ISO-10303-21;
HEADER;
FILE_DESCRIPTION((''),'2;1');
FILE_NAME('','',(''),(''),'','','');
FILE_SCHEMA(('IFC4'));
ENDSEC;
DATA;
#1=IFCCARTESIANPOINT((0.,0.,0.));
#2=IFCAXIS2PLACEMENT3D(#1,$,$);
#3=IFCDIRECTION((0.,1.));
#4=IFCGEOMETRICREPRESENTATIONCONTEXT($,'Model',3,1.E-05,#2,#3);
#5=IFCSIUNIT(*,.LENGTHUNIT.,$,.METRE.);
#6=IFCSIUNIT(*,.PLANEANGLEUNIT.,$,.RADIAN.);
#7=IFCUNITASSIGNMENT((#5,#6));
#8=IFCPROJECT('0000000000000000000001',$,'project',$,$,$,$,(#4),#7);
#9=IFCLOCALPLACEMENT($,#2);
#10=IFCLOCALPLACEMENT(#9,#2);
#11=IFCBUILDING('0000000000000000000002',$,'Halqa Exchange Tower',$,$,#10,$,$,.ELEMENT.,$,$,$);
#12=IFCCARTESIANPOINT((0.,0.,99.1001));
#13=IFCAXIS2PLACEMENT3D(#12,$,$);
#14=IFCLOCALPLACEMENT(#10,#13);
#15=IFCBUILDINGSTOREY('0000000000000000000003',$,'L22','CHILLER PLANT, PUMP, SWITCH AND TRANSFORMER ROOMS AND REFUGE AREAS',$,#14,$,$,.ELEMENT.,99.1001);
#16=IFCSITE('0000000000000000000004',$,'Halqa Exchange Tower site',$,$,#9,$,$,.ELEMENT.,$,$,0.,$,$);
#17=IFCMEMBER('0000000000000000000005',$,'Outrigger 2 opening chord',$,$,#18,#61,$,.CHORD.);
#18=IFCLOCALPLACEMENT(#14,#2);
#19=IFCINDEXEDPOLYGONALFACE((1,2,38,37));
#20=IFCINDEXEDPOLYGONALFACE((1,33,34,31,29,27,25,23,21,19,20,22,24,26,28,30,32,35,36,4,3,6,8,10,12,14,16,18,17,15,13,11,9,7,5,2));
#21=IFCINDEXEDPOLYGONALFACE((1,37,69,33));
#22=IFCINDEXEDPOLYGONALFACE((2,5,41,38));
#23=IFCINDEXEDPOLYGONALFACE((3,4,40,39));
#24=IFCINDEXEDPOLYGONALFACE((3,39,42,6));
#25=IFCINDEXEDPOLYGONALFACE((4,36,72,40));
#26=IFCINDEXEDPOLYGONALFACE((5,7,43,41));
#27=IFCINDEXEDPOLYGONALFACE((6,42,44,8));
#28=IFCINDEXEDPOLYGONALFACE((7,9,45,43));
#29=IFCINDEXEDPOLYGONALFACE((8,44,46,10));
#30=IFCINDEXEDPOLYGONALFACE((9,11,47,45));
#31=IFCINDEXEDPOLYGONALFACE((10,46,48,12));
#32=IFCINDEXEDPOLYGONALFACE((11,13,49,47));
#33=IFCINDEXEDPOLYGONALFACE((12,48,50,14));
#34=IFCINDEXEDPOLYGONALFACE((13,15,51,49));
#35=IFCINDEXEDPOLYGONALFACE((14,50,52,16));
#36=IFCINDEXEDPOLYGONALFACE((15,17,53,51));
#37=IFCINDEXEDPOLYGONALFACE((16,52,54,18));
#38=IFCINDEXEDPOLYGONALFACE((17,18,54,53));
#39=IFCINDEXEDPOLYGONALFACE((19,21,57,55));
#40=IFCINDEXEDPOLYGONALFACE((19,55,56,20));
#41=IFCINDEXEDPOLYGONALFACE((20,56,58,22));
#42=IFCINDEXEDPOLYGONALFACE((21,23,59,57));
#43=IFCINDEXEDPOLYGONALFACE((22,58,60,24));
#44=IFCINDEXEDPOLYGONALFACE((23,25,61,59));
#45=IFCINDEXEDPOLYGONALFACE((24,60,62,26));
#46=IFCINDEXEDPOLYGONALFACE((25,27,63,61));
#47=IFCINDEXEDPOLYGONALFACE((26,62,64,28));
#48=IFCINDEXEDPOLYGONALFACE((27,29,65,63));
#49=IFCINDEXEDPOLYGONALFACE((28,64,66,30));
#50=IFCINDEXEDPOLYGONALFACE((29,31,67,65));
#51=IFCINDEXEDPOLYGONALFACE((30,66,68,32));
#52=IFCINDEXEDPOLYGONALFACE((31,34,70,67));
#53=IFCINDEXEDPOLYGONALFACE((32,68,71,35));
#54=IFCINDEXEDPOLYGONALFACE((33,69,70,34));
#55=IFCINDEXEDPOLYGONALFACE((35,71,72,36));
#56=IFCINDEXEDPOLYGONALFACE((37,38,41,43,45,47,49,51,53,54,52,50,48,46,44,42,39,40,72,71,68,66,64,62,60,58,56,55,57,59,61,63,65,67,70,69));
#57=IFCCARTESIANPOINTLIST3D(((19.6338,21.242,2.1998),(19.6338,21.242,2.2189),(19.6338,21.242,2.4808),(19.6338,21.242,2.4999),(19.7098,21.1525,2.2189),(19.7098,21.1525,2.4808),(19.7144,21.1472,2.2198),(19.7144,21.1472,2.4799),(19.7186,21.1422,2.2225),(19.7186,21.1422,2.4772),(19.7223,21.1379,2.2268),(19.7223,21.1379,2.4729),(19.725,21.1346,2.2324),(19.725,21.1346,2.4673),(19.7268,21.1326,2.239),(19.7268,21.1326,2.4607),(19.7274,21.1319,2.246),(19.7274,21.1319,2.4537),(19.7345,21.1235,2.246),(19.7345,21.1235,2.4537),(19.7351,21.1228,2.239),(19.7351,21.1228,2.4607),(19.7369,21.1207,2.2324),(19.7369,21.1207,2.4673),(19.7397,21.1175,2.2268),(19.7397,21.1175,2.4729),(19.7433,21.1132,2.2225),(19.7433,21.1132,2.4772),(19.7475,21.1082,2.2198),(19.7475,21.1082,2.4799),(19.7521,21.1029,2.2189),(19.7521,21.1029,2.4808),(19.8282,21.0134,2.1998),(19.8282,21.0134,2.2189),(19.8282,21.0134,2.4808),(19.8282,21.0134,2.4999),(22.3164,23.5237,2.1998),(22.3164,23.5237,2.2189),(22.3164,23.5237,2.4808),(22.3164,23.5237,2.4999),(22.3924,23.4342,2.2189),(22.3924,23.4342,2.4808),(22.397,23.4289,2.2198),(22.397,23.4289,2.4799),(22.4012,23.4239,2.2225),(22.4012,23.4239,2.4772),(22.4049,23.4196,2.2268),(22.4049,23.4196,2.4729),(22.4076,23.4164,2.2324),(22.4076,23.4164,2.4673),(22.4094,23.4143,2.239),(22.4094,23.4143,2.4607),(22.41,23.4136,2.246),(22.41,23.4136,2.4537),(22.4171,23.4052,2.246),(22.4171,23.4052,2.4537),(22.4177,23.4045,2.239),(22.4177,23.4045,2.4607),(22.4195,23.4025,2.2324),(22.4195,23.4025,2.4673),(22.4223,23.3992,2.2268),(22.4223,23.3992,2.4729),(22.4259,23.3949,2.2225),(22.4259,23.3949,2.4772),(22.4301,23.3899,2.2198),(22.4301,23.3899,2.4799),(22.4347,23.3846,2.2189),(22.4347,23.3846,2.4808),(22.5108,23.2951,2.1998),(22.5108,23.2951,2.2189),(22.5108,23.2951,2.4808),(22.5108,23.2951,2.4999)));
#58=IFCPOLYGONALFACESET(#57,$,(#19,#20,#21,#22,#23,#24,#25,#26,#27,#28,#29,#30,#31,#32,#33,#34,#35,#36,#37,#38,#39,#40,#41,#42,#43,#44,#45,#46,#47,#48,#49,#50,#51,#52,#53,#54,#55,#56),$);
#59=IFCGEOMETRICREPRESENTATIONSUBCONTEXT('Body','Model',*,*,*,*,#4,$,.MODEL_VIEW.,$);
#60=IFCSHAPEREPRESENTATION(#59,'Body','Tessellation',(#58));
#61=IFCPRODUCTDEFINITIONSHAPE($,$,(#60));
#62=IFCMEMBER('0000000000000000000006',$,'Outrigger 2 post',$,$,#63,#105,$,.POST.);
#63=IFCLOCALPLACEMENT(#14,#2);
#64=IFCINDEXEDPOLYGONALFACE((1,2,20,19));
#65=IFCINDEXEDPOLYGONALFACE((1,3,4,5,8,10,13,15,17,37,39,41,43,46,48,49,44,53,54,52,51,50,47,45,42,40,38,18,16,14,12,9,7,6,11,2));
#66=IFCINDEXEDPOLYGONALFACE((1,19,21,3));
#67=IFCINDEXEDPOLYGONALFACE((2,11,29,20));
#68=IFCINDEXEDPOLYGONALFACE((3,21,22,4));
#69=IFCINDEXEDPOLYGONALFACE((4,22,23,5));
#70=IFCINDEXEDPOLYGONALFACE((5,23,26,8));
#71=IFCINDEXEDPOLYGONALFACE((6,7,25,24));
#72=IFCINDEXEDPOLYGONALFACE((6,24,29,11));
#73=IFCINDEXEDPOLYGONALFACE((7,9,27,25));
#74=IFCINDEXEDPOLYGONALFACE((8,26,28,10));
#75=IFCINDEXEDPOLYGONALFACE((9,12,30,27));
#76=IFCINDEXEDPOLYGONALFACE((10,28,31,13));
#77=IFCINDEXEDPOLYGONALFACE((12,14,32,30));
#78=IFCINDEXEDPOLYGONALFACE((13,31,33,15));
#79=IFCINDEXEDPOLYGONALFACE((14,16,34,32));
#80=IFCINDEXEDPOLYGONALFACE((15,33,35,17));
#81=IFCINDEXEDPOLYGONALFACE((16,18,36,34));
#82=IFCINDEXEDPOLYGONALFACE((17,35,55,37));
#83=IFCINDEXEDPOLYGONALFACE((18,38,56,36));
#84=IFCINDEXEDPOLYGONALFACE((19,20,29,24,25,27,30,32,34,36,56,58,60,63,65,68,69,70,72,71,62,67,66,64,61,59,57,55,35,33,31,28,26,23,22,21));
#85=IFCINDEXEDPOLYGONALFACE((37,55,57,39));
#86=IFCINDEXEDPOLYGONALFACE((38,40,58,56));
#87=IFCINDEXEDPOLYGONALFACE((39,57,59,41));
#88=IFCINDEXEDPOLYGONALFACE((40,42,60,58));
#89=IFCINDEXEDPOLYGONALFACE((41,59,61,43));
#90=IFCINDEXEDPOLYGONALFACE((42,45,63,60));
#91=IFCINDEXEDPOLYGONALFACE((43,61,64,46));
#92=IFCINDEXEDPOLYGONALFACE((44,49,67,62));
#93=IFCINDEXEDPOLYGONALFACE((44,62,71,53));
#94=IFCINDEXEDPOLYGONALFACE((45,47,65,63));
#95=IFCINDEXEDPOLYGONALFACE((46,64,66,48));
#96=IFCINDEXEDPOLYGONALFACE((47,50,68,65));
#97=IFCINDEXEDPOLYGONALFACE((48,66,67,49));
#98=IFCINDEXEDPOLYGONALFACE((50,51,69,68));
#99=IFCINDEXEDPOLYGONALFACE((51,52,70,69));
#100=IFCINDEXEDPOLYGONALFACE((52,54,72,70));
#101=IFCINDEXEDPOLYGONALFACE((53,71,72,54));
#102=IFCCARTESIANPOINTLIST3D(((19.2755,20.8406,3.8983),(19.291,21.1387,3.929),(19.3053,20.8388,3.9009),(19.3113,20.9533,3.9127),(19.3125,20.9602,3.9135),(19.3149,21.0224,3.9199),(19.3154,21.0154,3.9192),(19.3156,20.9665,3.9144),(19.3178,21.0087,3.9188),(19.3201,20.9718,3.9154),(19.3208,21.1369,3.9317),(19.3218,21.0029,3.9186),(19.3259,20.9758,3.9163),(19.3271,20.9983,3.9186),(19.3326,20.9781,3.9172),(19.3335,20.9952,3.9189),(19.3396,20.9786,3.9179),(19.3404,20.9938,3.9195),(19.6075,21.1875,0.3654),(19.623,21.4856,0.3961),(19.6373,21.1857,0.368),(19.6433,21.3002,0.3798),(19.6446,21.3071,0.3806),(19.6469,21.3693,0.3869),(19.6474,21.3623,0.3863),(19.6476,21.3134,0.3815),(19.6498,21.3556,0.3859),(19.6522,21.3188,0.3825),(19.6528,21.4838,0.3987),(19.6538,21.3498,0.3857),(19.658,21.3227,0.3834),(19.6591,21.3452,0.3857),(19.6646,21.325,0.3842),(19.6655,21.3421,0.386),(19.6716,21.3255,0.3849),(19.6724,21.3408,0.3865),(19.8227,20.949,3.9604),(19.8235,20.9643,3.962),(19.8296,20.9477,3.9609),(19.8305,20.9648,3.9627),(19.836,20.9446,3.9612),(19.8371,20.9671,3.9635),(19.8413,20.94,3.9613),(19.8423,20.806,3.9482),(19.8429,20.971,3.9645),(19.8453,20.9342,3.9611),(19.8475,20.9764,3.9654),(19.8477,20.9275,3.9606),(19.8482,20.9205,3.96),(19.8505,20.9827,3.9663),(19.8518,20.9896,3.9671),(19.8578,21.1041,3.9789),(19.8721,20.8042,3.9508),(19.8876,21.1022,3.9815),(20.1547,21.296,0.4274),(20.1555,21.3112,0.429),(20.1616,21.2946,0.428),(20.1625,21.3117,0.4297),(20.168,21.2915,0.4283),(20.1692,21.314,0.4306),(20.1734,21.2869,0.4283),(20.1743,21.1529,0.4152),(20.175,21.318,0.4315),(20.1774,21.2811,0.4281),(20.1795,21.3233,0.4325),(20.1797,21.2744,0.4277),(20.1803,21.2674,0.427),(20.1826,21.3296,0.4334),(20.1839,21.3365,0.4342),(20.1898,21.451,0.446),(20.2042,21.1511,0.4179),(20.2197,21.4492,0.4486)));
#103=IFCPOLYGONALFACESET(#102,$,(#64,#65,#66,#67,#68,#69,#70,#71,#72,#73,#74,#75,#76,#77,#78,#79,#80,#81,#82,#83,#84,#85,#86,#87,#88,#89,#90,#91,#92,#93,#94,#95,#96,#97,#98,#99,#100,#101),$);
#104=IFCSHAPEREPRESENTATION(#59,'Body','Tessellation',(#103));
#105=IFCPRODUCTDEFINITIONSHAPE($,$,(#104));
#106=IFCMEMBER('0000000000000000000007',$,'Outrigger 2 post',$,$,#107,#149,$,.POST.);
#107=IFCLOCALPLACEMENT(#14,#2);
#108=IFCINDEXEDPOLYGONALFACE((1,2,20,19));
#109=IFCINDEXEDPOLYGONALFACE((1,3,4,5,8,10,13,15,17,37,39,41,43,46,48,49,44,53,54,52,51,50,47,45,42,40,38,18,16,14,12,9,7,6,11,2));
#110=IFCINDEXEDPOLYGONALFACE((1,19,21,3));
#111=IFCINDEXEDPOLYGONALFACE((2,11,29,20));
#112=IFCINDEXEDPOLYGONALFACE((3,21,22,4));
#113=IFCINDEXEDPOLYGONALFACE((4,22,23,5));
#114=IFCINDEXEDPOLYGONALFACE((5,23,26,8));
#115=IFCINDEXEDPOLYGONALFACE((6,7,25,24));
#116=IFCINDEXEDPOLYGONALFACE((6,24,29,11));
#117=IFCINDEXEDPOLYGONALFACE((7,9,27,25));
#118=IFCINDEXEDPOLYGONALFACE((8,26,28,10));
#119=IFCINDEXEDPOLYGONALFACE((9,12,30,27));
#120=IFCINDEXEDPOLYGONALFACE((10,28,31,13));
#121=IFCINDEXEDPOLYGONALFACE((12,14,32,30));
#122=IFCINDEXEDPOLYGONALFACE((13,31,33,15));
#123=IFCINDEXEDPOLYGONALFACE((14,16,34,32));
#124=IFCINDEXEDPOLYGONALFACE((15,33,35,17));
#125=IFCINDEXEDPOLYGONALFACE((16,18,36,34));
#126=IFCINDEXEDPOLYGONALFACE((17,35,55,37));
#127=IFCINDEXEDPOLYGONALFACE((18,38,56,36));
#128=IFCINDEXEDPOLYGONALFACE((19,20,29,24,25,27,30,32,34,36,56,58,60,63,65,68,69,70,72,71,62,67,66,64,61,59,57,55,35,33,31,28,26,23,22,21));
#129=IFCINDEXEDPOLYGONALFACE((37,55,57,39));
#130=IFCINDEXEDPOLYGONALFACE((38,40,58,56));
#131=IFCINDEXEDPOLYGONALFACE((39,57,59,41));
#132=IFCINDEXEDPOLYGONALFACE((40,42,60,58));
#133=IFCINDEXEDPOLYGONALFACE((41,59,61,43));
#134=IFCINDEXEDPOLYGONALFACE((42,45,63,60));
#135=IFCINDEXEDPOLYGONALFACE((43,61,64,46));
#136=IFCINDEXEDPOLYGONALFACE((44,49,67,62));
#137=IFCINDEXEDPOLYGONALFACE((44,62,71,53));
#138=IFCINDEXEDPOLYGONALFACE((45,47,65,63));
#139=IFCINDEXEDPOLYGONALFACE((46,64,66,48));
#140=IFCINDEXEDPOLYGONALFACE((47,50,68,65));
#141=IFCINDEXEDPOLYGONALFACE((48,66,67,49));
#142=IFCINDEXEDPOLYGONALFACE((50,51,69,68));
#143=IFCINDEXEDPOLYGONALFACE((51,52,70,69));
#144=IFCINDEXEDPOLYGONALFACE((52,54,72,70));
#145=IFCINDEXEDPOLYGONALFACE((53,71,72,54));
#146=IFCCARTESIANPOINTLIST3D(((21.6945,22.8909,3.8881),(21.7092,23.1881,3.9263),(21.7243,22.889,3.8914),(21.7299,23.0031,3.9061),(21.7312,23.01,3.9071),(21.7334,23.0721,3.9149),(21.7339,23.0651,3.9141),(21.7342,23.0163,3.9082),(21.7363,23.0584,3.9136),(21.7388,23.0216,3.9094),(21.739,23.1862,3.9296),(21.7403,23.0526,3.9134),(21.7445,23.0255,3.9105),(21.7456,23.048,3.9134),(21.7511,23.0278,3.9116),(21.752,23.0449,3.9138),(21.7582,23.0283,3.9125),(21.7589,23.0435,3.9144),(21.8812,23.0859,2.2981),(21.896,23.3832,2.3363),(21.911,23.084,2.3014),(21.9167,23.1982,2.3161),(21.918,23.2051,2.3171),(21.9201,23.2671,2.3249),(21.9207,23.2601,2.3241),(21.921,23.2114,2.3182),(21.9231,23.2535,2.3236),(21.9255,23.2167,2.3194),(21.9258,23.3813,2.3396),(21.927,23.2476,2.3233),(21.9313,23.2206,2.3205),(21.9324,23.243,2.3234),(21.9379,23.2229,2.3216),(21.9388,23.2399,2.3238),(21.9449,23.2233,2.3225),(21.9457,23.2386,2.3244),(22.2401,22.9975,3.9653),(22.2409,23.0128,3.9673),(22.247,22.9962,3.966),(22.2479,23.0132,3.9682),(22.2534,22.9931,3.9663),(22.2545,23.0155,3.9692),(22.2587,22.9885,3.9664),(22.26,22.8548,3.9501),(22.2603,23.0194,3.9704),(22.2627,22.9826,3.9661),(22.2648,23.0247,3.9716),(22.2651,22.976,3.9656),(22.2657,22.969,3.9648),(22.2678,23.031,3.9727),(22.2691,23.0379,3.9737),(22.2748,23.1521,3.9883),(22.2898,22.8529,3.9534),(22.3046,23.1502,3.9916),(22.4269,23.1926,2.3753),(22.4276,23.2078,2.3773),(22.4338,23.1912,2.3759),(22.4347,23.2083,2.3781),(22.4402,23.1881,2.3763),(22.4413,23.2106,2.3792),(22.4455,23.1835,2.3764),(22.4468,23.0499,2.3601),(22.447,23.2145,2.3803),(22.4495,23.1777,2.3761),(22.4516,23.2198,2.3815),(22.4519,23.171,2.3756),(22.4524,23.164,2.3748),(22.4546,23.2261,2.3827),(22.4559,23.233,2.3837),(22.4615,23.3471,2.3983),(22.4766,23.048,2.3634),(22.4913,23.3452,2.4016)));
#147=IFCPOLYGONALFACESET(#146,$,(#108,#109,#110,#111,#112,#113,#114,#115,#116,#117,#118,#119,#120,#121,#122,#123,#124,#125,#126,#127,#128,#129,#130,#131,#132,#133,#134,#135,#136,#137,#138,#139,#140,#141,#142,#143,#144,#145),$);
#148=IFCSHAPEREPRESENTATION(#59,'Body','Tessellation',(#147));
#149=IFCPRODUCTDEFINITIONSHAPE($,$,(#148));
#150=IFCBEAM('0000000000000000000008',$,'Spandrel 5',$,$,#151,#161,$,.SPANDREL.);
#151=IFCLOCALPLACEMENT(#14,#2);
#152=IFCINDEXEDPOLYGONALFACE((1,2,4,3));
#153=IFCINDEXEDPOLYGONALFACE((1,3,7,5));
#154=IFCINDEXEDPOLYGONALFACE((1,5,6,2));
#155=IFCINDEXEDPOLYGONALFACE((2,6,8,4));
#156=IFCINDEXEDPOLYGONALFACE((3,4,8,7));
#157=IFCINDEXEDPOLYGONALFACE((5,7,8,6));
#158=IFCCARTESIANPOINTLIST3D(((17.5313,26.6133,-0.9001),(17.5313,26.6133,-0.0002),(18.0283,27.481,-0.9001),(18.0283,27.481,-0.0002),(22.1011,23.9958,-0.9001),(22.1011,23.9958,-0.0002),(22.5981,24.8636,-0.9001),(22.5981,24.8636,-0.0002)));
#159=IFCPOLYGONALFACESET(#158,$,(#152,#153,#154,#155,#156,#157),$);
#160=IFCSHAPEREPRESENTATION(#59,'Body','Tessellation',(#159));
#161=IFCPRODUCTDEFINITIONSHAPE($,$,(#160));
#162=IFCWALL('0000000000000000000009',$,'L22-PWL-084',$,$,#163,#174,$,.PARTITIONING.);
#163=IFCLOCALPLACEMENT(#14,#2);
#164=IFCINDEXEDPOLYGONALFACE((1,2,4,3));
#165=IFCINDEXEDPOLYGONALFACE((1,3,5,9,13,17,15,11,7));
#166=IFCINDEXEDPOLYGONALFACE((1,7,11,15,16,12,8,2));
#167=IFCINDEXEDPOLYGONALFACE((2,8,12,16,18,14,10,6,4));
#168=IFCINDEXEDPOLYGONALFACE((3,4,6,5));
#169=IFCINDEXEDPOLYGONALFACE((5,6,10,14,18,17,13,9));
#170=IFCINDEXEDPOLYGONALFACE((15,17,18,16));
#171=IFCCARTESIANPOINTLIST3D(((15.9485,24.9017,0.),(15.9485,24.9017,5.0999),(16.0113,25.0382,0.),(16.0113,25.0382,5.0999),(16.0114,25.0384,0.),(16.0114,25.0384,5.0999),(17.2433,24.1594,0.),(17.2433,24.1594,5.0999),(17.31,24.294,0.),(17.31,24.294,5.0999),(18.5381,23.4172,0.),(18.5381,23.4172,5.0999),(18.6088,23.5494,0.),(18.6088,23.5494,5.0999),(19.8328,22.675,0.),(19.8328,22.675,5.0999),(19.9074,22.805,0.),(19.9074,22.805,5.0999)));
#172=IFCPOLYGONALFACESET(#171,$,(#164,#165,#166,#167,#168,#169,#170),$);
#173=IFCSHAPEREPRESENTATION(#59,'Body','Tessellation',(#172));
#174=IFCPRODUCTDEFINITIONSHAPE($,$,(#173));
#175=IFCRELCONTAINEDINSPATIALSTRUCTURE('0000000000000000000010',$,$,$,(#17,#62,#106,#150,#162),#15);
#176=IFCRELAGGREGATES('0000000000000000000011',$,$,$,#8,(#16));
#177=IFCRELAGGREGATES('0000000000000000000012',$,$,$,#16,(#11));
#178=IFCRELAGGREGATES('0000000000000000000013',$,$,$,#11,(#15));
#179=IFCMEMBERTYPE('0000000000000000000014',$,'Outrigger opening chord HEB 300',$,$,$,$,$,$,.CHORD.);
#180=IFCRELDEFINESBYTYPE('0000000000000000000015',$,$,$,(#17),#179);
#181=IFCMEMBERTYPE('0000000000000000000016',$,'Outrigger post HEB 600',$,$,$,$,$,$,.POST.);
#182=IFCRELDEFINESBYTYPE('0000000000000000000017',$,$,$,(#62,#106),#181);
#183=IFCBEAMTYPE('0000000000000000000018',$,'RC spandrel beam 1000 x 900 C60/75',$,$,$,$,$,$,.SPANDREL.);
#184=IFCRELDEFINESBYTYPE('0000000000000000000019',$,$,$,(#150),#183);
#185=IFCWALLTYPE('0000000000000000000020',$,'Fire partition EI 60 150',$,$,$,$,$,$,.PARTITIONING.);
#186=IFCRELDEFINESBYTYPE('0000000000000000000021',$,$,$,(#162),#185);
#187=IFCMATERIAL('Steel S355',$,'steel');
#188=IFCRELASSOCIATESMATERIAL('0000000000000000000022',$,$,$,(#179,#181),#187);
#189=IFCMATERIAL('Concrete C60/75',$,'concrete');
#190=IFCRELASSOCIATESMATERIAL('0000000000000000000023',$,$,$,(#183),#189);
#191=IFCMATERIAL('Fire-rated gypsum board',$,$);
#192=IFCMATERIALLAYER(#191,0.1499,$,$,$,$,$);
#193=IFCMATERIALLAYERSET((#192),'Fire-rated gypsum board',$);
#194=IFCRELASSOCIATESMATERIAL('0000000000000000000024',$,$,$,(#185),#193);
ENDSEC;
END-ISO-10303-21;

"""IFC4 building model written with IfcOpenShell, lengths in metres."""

from ifc_helpers import new_model, si_unit, direction, frame, origin, origin_2d, place, context, subcontext, project, spatial, polyline, rectangle, i_section, outline, extrude, material, layer, layer_set, material_profile, profile_set, type_object, element, save


model = new_model("IFC4")

# Units and contexts
model_context = context("Model", 3, precision=1e-05, world=origin(), true_north=direction((0.0, 1.0)))
body_context = subcontext(model_context, "Body", "Model", "MODEL_VIEW")
ifc_project = project(units=[si_unit("LENGTHUNIT", "METRE"), si_unit("PLANEANGLEUNIT", "RADIAN")], contexts=[model_context])

# Site, building, storey
site_placement = place(None, origin())
site = spatial("IfcSite", under=ifc_project, at=site_placement, Name="Halqa Exchange Tower site", CompositionType="ELEMENT", RefElevation=0.0)
building_placement = place(site_placement, origin())
building = spatial("IfcBuilding", under=site, at=building_placement, Name="Halqa Exchange Tower", CompositionType="ELEMENT")
storey_placement = place(building_placement, frame((0.0, 0.0, 99.1001)))
storey = spatial("IfcBuildingStorey", under=building, at=storey_placement, Name="L22", Description="CHILLER PLANT, PUMP, SWITCH AND TRANSFORMER ROOMS AND REFUGE AREAS", CompositionType="ELEMENT", Elevation=99.1001)

# Members
ifc_material_1 = material(Name="Steel S355", Category="steel")
ifc_material_profile_1 = material_profile(ifc_material_1, i_section(OverallWidth=0.3, OverallDepth=0.3, WebThickness=0.011, FlangeThickness=0.019, FilletRadius=0.0271, at=origin_2d()), Name="HEB 300")
ifc_profile_set_1 = profile_set([ifc_material_profile_1], Name="Steel S355")
member_type_1 = type_object("IfcMemberType", Name="Outrigger opening chord HEB 300", PredefinedType="CHORD", material=ifc_profile_set_1)
member_1_placement = place(storey_placement, frame((19.731, 21.1277, 2.3499), z_axis=(0.761727, 0.647898, 0.0), x_axis=(-0.647898, 0.761727, 0.0)))
element("IfcMember", 1, at=member_1_placement, inside=storey, type_object=member_type_1, Name="Outrigger 2 opening chord", PredefinedType="CHORD", context=body_context, shape_type="SweptSolid", body=[
    extrude(i_section(OverallWidth=0.3, OverallDepth=0.3, WebThickness=0.011, FlangeThickness=0.019, FilletRadius=0.0271, at=origin_2d()), origin(), (0.0, 0.0, 1.0), 3.5217),
])
ifc_material_profile_2 = material_profile(ifc_material_1, i_section(OverallWidth=0.3, OverallDepth=0.6001, WebThickness=0.0154, FlangeThickness=0.03, FilletRadius=0.0271, at=origin_2d()), Name="HEB 600")
ifc_profile_set_2 = profile_set([ifc_material_profile_2], Name="Steel S355")
member_type_2 = type_object("IfcMemberType", Name="Outrigger post HEB 600", PredefinedType="POST", material=ifc_profile_set_2)
member_2_placement = place(storey_placement, frame((19.9136, 21.3184, 0.407), z_axis=(-0.093125, -0.097302, 0.990889), x_axis=(0.051667, 0.9934, 0.102404)))
element("IfcMember", 2, at=member_2_placement, inside=storey, type_object=member_type_2, Name="Outrigger 2 post", PredefinedType="POST", context=body_context, shape_type="SweptSolid", body=[
    extrude(i_section(OverallWidth=0.3, OverallDepth=0.6001, WebThickness=0.0154, FlangeThickness=0.03, FilletRadius=0.0271, at=origin_2d()), origin(), (0.0, 0.0, 1.0), 3.5654),
])
member_3_placement = place(storey_placement, frame((22.1863, 23.2156, 2.3499), z_axis=(-0.115799, -0.120946, 0.985882), x_axis=(0.049228, 0.99064, 0.127312)))
element("IfcMember", 3, at=member_3_placement, inside=storey, type_object=member_type_2, Name="Outrigger 2 post", PredefinedType="POST", context=body_context, shape_type="SweptSolid", body=[
    extrude(i_section(OverallWidth=0.3, OverallDepth=0.6001, WebThickness=0.0154, FlangeThickness=0.03, FilletRadius=0.0271, at=origin_2d()), origin(), (0.0, 0.0, 1.0), 1.6128),
])

# Beam
ifc_material_2 = material(Name="Concrete C60/75", Category="concrete")
ifc_material_profile_3 = material_profile(ifc_material_2, rectangle(XDim=1.0, YDim=0.8999, at=origin_2d()), Name="1000 x 900")
ifc_profile_set_3 = profile_set([ifc_material_profile_3], Name="Concrete C60/75")
beam_type = type_object("IfcBeamType", Name="RC spandrel beam 1000 x 900 C60/75", PredefinedType="SPANDREL", material=ifc_profile_set_3)
beam_placement = place(storey_placement, frame((22.3496, 24.4297, -0.4502), z_axis=(-0.867743, 0.497012, 0.0), x_axis=(-0.497012, -0.867743, 0.0)))
element("IfcBeam", 4, at=beam_placement, inside=storey, type_object=beam_type, Name="Spandrel 5", PredefinedType="SPANDREL", context=body_context, shape_type="SweptSolid", body=[
    extrude(rectangle(XDim=1.0, YDim=0.8999, at=origin_2d()), origin(), (0.0, 0.0, 1.0), 5.2664),
])

# Wall
ifc_material_3 = material(Name="Fire-rated gypsum board")
ifc_layer_1 = layer(ifc_material_3, 0.1499)
ifc_layer_set_1 = layer_set([ifc_layer_1], Name="Fire-rated gypsum board")
wall_type_1 = type_object("IfcWallType", Name="Fire partition EI 60 150", PredefinedType="PARTITIONING", material=ifc_layer_set_1)
wall_1_placement = place(storey_placement, frame((19.8701, 22.74, 0.0), z_axis=(0.0, 0.0, 1.0), x_axis=(-0.86756, 0.497333, 0.0)))
element("IfcWall", 5, at=wall_1_placement, inside=storey, type_object=wall_type_1, Name="L22-PWL-084", PredefinedType="PARTITIONING", context=body_context, shape_type="SweptSolid", body=[
    extrude(outline(polyline([(4.4907, -0.075), (4.4907, -0.0747), (4.4773, 0.075), (2.9849, 0.075), (1.4924, 0.075), (0.0, 0.075), (0.0, -0.075), (1.4968, -0.075), (2.9939, -0.075), (4.4907, -0.075)])), origin(), (0.0, 0.0, 1.0), 5.0999),
])

save(model, "model.ifc")
